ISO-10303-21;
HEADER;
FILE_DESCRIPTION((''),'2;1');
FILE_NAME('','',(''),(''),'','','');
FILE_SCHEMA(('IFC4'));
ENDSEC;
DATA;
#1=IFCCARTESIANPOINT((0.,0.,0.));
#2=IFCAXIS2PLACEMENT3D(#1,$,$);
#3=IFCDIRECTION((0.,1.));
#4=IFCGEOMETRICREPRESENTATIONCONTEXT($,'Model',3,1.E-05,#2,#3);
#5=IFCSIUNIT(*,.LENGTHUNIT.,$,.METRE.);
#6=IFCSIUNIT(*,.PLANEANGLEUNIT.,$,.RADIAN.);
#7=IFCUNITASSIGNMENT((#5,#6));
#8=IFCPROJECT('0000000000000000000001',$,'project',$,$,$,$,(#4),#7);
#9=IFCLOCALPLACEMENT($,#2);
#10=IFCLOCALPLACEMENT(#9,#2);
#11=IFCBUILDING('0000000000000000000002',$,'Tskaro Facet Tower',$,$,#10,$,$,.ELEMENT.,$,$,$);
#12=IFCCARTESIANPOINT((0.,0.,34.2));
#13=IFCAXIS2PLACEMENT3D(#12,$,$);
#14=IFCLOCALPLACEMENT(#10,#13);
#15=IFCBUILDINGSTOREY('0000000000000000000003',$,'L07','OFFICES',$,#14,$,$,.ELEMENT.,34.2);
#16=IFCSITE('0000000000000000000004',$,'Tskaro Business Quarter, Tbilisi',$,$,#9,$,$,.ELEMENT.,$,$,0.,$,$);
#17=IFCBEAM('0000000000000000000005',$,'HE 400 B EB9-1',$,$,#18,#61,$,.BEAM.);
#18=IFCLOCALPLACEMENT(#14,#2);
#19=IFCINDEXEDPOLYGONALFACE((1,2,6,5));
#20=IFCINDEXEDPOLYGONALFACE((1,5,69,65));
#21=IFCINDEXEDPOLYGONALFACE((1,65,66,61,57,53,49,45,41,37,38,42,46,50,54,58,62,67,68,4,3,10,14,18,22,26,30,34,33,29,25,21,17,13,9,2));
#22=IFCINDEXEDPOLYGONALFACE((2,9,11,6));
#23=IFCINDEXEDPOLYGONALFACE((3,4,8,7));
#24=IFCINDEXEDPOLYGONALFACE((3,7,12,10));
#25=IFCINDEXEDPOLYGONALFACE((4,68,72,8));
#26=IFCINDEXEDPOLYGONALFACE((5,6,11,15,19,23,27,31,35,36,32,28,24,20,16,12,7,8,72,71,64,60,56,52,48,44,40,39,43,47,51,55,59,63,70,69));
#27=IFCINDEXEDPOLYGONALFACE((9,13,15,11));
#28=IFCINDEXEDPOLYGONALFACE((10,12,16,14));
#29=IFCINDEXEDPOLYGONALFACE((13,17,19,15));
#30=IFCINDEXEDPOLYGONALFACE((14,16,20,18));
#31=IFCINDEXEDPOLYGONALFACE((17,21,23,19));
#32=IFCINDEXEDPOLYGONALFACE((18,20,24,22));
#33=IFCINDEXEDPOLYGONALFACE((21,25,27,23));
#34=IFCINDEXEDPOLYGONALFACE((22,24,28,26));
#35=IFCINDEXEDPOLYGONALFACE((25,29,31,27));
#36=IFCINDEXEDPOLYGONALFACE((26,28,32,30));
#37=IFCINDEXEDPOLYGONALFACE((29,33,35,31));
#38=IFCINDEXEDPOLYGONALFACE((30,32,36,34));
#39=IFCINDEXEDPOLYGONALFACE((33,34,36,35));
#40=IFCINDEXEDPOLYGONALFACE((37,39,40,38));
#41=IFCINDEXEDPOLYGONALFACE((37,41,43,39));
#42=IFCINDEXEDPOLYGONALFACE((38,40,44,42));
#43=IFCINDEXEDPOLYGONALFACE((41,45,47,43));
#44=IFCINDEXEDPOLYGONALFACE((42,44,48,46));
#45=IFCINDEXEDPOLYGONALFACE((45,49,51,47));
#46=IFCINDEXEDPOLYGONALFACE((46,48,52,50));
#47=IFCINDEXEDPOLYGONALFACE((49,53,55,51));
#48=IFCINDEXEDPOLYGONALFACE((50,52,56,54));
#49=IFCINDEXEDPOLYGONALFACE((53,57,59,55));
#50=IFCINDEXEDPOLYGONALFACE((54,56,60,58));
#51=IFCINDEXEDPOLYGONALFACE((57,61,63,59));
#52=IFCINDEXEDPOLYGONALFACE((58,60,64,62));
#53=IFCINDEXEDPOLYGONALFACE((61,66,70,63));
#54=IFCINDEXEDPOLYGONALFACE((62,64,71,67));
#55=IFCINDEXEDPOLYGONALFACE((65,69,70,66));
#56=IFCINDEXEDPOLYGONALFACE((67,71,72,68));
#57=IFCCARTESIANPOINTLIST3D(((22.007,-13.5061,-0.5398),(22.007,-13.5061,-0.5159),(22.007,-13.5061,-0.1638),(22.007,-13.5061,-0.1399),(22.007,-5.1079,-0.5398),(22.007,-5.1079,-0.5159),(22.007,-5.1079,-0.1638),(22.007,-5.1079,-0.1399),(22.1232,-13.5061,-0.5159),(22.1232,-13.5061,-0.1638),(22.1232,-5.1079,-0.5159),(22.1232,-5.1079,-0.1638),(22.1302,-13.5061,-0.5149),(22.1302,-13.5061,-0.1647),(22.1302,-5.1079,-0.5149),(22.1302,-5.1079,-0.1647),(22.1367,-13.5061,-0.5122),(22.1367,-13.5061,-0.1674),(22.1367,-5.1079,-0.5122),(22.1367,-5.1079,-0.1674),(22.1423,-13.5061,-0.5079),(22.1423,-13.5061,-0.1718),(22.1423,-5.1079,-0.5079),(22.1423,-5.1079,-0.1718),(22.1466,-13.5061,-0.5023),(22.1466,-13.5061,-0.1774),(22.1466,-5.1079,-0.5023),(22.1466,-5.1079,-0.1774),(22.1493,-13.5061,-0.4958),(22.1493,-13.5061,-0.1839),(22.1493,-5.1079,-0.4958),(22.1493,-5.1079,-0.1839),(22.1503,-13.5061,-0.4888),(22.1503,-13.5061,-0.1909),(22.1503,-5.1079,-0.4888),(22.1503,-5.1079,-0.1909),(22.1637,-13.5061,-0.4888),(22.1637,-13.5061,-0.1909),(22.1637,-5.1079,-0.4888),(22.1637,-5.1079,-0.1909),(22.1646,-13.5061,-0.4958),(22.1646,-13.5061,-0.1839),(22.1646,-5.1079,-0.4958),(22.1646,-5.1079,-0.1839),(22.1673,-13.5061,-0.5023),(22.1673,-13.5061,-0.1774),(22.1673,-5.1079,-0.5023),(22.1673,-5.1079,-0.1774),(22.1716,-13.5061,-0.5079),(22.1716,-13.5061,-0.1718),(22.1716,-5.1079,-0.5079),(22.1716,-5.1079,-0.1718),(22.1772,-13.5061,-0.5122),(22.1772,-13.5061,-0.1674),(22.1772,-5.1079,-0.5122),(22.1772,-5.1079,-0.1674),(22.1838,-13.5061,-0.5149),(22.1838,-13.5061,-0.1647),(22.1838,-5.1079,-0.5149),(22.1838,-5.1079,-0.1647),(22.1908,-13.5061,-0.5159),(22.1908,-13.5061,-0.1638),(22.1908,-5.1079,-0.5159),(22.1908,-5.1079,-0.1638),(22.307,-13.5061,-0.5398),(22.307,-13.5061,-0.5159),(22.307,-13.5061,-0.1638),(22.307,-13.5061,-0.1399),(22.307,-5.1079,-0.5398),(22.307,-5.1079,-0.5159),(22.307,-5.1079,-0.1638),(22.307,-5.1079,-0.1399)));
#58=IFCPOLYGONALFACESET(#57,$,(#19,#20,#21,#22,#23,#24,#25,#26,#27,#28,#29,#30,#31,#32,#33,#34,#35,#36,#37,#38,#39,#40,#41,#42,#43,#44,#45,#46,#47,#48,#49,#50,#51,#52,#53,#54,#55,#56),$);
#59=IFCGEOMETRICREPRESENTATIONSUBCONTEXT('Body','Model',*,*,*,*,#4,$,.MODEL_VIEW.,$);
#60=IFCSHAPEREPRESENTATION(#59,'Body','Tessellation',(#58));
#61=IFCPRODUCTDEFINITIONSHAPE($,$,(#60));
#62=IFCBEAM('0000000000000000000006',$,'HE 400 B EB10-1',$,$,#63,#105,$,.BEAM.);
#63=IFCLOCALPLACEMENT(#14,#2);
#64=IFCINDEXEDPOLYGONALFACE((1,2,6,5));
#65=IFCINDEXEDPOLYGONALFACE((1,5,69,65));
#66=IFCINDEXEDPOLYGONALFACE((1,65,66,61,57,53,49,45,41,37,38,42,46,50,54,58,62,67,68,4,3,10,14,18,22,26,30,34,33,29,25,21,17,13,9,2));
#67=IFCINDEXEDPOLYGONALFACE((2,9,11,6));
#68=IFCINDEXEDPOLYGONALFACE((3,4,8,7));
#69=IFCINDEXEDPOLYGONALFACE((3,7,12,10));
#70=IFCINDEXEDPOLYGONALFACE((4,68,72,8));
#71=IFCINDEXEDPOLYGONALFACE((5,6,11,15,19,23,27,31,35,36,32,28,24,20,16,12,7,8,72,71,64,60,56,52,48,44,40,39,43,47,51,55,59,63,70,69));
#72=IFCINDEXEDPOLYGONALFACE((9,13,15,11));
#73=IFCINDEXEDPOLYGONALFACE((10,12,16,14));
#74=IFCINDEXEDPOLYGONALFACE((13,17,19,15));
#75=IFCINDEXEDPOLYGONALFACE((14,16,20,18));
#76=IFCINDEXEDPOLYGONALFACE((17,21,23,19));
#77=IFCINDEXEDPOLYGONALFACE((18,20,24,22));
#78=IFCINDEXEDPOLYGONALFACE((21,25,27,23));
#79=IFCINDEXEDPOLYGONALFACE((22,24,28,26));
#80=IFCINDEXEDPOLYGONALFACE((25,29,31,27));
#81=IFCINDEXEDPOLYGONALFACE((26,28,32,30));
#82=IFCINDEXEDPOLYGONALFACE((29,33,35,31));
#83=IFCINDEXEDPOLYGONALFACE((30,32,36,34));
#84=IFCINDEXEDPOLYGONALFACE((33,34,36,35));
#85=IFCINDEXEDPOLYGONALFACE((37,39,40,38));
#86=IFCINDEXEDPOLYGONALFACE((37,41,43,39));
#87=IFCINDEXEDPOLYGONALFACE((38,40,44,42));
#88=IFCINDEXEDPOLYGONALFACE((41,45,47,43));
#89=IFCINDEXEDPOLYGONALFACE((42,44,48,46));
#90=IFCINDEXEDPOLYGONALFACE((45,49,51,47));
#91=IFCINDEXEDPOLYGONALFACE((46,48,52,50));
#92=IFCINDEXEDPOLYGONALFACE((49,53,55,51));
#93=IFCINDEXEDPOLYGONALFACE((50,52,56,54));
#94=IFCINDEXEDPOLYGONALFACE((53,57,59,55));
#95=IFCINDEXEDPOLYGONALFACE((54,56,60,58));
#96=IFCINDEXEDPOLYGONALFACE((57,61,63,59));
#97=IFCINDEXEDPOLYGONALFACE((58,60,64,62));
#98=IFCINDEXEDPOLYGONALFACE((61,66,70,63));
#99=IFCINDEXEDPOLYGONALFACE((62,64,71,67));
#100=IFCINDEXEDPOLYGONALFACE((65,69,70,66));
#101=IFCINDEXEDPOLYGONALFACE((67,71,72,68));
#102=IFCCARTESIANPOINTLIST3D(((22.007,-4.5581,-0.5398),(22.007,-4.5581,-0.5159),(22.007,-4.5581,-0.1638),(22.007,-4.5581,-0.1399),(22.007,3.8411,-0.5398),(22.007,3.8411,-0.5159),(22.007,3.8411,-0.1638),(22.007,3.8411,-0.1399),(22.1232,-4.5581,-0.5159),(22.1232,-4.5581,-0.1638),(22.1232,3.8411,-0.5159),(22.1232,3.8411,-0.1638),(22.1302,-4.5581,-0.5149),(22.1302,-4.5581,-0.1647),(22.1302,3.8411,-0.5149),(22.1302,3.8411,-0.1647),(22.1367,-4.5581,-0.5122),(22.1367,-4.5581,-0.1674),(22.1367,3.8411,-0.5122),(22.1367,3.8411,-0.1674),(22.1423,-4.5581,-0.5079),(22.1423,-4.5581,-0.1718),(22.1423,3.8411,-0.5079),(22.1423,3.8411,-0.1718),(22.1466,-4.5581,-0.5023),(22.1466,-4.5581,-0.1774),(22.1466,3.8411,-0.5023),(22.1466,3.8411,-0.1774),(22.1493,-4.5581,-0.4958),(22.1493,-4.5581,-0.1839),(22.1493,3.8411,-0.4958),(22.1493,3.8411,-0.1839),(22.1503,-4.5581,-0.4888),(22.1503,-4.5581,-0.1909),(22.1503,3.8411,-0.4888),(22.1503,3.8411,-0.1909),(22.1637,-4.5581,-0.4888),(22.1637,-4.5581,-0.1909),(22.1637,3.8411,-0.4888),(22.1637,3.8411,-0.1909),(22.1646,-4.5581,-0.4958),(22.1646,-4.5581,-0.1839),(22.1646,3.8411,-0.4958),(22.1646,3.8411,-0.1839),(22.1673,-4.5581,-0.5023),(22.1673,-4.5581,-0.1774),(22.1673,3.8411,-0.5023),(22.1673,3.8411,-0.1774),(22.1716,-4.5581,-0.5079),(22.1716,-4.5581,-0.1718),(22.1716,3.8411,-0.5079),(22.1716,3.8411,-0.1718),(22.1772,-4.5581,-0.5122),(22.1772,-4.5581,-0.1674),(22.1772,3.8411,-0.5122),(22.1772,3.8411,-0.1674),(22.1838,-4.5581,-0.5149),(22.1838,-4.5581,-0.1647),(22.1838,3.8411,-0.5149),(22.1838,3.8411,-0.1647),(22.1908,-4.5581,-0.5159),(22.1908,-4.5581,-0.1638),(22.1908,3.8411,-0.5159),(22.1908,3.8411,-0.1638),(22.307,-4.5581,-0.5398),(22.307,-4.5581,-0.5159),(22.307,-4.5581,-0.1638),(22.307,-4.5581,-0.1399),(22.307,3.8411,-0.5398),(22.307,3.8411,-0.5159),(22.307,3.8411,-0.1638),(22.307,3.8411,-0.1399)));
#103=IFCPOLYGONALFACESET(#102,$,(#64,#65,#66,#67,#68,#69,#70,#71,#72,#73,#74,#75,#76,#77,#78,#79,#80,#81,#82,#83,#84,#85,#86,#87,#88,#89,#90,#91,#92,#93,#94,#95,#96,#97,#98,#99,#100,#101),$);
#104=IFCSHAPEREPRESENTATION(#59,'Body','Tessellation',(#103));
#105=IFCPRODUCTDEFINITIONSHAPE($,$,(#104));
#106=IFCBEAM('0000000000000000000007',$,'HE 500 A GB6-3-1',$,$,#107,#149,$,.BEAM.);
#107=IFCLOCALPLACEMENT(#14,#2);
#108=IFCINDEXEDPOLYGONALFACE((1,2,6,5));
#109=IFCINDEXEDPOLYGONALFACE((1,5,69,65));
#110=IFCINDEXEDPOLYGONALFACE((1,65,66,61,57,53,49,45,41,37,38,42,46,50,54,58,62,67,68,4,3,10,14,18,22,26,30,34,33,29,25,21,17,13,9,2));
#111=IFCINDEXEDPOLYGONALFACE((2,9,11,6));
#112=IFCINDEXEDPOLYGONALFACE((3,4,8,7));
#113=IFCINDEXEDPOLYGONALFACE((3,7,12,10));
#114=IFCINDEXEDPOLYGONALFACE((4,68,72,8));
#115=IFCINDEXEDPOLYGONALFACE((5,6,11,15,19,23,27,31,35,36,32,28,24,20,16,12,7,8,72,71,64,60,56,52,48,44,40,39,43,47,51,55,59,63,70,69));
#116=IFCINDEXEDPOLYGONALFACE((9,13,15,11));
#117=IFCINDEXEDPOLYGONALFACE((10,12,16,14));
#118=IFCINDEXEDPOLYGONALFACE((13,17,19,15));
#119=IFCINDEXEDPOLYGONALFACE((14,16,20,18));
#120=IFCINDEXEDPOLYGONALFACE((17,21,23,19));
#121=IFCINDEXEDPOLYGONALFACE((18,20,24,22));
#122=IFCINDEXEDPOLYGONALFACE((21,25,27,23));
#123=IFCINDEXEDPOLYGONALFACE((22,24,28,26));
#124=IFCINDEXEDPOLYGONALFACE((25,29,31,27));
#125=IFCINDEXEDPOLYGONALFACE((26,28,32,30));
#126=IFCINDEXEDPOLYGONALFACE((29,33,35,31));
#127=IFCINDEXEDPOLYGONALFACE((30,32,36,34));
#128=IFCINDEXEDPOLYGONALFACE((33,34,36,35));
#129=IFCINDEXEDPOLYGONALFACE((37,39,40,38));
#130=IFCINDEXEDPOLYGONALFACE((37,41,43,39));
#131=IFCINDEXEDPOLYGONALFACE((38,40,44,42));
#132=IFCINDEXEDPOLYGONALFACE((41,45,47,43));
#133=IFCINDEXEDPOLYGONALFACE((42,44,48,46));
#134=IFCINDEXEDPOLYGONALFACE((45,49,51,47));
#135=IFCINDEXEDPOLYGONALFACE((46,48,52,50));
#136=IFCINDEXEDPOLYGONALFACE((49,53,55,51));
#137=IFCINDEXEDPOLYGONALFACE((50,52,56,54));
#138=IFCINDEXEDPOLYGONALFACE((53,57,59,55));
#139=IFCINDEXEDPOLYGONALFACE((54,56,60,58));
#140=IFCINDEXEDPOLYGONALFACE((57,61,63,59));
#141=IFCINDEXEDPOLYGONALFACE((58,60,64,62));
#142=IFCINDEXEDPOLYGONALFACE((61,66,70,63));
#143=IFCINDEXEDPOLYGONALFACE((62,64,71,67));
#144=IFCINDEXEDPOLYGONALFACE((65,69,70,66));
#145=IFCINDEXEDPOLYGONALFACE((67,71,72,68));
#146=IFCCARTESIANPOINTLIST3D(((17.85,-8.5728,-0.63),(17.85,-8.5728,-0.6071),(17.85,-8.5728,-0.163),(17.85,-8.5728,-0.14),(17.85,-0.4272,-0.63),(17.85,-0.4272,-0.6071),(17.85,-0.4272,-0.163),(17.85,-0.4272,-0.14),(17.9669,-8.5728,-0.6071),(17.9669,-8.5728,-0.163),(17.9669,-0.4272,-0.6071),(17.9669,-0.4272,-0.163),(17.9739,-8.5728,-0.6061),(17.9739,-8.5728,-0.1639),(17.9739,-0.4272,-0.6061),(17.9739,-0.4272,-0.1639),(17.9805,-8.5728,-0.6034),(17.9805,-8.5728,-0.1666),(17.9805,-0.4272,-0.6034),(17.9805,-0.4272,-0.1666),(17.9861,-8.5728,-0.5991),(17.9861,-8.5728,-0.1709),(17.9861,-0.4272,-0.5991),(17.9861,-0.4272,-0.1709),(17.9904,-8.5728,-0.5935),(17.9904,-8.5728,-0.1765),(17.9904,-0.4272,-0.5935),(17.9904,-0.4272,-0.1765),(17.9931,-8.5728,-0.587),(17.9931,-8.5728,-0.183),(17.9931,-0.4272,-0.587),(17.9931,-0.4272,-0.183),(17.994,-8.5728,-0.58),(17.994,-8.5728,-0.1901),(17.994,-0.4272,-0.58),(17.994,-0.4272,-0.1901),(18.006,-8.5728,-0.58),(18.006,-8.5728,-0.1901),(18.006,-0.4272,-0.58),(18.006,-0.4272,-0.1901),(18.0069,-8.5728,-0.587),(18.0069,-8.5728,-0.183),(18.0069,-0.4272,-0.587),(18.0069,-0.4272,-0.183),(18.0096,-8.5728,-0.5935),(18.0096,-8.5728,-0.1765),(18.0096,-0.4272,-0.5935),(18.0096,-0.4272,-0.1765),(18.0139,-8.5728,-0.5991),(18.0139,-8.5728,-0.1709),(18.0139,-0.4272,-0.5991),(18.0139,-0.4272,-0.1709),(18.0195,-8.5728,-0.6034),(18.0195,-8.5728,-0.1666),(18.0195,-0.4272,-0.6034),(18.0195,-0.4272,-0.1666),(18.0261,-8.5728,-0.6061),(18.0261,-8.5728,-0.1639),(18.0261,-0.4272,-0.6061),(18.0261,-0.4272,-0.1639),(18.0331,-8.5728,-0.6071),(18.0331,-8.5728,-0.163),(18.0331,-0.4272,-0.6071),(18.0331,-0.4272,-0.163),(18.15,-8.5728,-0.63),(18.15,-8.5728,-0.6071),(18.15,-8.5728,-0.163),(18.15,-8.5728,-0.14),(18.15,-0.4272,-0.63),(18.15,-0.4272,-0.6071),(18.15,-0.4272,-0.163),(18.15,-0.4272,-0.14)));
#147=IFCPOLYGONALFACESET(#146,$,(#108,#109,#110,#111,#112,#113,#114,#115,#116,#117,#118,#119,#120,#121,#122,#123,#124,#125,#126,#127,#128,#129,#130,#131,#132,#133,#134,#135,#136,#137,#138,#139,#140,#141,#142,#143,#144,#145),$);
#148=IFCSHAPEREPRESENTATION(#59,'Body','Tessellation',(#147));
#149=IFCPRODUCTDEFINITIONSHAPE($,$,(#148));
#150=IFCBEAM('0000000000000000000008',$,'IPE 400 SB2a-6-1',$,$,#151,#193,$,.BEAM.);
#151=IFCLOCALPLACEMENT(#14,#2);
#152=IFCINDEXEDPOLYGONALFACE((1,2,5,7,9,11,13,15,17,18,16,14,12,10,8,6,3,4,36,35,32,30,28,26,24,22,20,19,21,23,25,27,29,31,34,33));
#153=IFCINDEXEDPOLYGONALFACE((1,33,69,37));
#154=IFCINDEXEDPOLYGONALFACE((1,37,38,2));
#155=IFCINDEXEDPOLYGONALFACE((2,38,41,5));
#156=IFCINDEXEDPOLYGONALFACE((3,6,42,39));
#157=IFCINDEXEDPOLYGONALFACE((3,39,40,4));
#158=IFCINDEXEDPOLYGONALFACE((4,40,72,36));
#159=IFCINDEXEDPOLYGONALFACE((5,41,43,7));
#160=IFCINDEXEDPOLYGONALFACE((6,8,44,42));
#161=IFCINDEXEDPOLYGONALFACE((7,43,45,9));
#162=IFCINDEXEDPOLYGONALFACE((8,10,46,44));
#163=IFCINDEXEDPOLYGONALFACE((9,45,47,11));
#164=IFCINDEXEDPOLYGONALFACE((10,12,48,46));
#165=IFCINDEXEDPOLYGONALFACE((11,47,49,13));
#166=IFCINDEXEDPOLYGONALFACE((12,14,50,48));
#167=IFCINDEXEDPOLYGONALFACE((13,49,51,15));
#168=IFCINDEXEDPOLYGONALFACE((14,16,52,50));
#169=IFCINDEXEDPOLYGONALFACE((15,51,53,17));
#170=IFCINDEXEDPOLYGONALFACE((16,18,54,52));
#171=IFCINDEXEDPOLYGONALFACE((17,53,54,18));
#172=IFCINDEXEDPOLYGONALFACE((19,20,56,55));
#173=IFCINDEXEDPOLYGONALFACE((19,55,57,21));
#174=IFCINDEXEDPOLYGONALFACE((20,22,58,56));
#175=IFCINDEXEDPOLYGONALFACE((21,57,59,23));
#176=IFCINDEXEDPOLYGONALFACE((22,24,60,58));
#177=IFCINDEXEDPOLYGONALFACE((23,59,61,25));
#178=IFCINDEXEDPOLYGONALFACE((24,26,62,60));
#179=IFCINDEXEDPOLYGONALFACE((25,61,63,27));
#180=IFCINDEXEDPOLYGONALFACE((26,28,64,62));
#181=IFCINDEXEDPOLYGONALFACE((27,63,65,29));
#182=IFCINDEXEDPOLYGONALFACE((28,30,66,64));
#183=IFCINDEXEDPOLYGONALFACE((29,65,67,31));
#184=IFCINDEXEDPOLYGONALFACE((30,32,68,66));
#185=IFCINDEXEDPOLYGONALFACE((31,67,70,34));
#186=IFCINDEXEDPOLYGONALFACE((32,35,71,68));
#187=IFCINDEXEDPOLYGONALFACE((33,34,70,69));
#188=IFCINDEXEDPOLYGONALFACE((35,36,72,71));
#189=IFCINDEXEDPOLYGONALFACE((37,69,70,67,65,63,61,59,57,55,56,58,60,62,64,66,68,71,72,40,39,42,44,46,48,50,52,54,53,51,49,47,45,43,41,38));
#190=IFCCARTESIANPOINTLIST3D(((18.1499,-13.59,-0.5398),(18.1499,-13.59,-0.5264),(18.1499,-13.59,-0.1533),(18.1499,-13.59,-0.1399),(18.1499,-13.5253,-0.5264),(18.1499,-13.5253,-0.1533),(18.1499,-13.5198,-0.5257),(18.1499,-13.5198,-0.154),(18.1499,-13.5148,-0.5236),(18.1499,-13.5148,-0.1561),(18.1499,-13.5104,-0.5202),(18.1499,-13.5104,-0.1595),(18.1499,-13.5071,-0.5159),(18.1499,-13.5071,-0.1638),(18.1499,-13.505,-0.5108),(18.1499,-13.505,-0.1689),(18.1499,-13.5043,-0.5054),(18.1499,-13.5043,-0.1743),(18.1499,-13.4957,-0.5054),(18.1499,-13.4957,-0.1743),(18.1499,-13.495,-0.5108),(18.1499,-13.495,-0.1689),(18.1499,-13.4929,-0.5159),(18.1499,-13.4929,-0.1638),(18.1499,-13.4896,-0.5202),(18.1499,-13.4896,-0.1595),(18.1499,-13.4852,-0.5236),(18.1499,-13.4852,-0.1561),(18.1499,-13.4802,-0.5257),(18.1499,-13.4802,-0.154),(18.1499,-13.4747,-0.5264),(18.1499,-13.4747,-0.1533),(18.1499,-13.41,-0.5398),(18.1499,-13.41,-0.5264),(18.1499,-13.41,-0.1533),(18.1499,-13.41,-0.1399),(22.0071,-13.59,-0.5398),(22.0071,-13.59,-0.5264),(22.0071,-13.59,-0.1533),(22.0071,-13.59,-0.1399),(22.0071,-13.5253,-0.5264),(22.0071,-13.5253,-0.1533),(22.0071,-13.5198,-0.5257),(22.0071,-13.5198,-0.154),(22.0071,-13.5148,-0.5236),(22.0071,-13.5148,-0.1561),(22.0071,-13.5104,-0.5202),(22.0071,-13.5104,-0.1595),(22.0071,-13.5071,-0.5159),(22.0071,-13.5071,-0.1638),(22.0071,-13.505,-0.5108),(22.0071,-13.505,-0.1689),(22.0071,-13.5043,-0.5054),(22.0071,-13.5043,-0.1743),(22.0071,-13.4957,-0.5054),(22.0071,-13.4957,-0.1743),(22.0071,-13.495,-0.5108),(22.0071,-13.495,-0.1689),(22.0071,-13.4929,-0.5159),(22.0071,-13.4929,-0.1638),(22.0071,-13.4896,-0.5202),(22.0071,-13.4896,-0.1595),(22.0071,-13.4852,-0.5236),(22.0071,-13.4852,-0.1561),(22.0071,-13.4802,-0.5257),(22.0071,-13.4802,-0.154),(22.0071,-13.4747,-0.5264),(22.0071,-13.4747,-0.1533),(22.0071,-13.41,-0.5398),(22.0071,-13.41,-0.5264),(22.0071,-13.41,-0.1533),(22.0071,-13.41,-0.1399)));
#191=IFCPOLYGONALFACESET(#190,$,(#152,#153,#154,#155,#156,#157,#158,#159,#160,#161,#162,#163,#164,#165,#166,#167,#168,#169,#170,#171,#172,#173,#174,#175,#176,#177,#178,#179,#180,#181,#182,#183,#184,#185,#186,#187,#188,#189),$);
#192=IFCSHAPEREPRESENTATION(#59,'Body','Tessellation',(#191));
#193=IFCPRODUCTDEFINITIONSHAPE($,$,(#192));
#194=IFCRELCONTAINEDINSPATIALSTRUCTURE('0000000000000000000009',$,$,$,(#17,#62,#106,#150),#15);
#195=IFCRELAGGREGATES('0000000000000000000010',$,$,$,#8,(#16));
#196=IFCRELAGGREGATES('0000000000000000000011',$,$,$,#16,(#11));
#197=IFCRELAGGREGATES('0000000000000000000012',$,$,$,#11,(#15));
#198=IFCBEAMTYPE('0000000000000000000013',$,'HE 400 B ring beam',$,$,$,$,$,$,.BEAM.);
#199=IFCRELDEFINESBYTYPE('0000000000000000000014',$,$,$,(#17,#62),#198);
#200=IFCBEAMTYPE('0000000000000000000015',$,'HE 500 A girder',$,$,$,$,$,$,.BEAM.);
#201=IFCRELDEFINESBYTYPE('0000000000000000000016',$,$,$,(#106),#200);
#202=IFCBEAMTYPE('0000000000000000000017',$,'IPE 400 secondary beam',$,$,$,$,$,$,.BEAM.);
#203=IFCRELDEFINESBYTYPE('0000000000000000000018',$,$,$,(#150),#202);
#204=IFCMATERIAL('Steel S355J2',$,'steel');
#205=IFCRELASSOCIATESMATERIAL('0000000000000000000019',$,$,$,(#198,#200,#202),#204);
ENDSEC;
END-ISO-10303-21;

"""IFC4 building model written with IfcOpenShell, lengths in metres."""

from ifc_helpers import new_model, si_unit, direction, frame, origin, origin_2d, place, context, subcontext, project, spatial, i_section, extrude, material, material_profile, profile_set, type_object, element, save


model = new_model("IFC4")

# Units and contexts
model_context = context("Model", 3, precision=1e-05, world=origin(), true_north=direction((0.0, 1.0)))
body_context = subcontext(model_context, "Body", "Model", "MODEL_VIEW")
ifc_project = project(units=[si_unit("LENGTHUNIT", "METRE"), si_unit("PLANEANGLEUNIT", "RADIAN")], contexts=[model_context])

# Site, building, storey
site_placement = place(None, origin())
site = spatial("IfcSite", under=ifc_project, at=site_placement, Name="Tskaro Business Quarter, Tbilisi", CompositionType="ELEMENT", RefElevation=0.0)
building_placement = place(site_placement, origin())
building = spatial("IfcBuilding", under=site, at=building_placement, Name="Tskaro Facet Tower", CompositionType="ELEMENT")
storey_placement = place(building_placement, frame((0.0, 0.0, 34.2)))
storey = spatial("IfcBuildingStorey", under=building, at=storey_placement, Name="L07", Description="OFFICES", CompositionType="ELEMENT", Elevation=34.2)

# Beams
ifc_material_1 = material(Name="Steel S355J2", Category="steel")
ifc_material_profile_1 = material_profile(ifc_material_1, i_section(OverallWidth=0.3, OverallDepth=0.3999, WebThickness=0.0134, FlangeThickness=0.0239, FilletRadius=0.0271, at=origin_2d()), Name="HE 400 B")
ifc_profile_set_1 = profile_set([ifc_material_profile_1], Name="Steel S355J2")
beam_type_1 = type_object("IfcBeamType", Name="HE 400 B ring beam", PredefinedType="BEAM", material=ifc_profile_set_1)
beam_1_placement = place(storey_placement, frame((22.157, -13.5061, -0.3398), z_axis=(0.0, 1.0, 0.0), x_axis=(-1.0, 0.0, 0.0)))
element("IfcBeam", 1, at=beam_1_placement, inside=storey, type_object=beam_type_1, Name="HE 400 B EB9-1", PredefinedType="BEAM", context=body_context, shape_type="SweptSolid", body=[
    extrude(i_section(OverallWidth=0.3, OverallDepth=0.3999, WebThickness=0.0134, FlangeThickness=0.0239, FilletRadius=0.0271, at=origin_2d()), origin(), (0.0, 0.0, 1.0), 8.3982),
])
beam_2_placement = place(storey_placement, frame((22.157, -4.5581, -0.3398), z_axis=(0.0, 1.0, 0.0), x_axis=(-1.0, 0.0, 0.0)))
element("IfcBeam", 2, at=beam_2_placement, inside=storey, type_object=beam_type_1, Name="HE 400 B EB10-1", PredefinedType="BEAM", context=body_context, shape_type="SweptSolid", body=[
    extrude(i_section(OverallWidth=0.3, OverallDepth=0.3999, WebThickness=0.0134, FlangeThickness=0.0239, FilletRadius=0.0271, at=origin_2d()), origin(), (0.0, 0.0, 1.0), 8.3992),
])
ifc_material_profile_2 = material_profile(ifc_material_1, i_section(OverallWidth=0.3, OverallDepth=0.49, WebThickness=0.012, FlangeThickness=0.0229, FilletRadius=0.0271, at=origin_2d()), Name="HE 500 A")
ifc_profile_set_2 = profile_set([ifc_material_profile_2], Name="Steel S355J2")
beam_type_2 = type_object("IfcBeamType", Name="HE 500 A girder", PredefinedType="BEAM", material=ifc_profile_set_2)
beam_3_placement = place(storey_placement, frame((18.0, -8.5728, -0.385), z_axis=(0.0, 1.0, 0.0), x_axis=(-1.0, 0.0, 0.0)))
element("IfcBeam", 3, at=beam_3_placement, inside=storey, type_object=beam_type_2, Name="HE 500 A GB6-3-1", PredefinedType="BEAM", context=body_context, shape_type="SweptSolid", body=[
    extrude(i_section(OverallWidth=0.3, OverallDepth=0.49, WebThickness=0.012, FlangeThickness=0.0229, FilletRadius=0.0271, at=origin_2d()), origin(), (0.0, 0.0, 1.0), 8.1455),
])
ifc_material_profile_3 = material_profile(ifc_material_1, i_section(OverallWidth=0.1799, OverallDepth=0.3999, WebThickness=0.0085, FlangeThickness=0.0134, FilletRadius=0.021, at=origin_2d()), Name="IPE 400")
ifc_profile_set_3 = profile_set([ifc_material_profile_3], Name="Steel S355J2")
beam_type_3 = type_object("IfcBeamType", Name="IPE 400 secondary beam", PredefinedType="BEAM", material=ifc_profile_set_3)
for number, where, z_axis, x_axis, name in (
    (4, (18.1499, -13.5, -0.3398), (1.0, 0.0, 0.0), (0.0, 1.0, 0.0), "IPE 400 SB2a-6-1"),
):
    element("IfcBeam", number, at=place(storey_placement, frame(where, z_axis=z_axis, x_axis=x_axis)), inside=storey, type_object=beam_type_3, Name=name, PredefinedType="BEAM", context=body_context, shape_type="SweptSolid", body=[
        extrude(i_section(OverallWidth=0.1799, OverallDepth=0.3999, WebThickness=0.0085, FlangeThickness=0.0134, FilletRadius=0.021, at=origin_2d()), origin(), (0.0, 0.0, 1.0), 3.8572),
    ])

save(model, "model.ifc")
